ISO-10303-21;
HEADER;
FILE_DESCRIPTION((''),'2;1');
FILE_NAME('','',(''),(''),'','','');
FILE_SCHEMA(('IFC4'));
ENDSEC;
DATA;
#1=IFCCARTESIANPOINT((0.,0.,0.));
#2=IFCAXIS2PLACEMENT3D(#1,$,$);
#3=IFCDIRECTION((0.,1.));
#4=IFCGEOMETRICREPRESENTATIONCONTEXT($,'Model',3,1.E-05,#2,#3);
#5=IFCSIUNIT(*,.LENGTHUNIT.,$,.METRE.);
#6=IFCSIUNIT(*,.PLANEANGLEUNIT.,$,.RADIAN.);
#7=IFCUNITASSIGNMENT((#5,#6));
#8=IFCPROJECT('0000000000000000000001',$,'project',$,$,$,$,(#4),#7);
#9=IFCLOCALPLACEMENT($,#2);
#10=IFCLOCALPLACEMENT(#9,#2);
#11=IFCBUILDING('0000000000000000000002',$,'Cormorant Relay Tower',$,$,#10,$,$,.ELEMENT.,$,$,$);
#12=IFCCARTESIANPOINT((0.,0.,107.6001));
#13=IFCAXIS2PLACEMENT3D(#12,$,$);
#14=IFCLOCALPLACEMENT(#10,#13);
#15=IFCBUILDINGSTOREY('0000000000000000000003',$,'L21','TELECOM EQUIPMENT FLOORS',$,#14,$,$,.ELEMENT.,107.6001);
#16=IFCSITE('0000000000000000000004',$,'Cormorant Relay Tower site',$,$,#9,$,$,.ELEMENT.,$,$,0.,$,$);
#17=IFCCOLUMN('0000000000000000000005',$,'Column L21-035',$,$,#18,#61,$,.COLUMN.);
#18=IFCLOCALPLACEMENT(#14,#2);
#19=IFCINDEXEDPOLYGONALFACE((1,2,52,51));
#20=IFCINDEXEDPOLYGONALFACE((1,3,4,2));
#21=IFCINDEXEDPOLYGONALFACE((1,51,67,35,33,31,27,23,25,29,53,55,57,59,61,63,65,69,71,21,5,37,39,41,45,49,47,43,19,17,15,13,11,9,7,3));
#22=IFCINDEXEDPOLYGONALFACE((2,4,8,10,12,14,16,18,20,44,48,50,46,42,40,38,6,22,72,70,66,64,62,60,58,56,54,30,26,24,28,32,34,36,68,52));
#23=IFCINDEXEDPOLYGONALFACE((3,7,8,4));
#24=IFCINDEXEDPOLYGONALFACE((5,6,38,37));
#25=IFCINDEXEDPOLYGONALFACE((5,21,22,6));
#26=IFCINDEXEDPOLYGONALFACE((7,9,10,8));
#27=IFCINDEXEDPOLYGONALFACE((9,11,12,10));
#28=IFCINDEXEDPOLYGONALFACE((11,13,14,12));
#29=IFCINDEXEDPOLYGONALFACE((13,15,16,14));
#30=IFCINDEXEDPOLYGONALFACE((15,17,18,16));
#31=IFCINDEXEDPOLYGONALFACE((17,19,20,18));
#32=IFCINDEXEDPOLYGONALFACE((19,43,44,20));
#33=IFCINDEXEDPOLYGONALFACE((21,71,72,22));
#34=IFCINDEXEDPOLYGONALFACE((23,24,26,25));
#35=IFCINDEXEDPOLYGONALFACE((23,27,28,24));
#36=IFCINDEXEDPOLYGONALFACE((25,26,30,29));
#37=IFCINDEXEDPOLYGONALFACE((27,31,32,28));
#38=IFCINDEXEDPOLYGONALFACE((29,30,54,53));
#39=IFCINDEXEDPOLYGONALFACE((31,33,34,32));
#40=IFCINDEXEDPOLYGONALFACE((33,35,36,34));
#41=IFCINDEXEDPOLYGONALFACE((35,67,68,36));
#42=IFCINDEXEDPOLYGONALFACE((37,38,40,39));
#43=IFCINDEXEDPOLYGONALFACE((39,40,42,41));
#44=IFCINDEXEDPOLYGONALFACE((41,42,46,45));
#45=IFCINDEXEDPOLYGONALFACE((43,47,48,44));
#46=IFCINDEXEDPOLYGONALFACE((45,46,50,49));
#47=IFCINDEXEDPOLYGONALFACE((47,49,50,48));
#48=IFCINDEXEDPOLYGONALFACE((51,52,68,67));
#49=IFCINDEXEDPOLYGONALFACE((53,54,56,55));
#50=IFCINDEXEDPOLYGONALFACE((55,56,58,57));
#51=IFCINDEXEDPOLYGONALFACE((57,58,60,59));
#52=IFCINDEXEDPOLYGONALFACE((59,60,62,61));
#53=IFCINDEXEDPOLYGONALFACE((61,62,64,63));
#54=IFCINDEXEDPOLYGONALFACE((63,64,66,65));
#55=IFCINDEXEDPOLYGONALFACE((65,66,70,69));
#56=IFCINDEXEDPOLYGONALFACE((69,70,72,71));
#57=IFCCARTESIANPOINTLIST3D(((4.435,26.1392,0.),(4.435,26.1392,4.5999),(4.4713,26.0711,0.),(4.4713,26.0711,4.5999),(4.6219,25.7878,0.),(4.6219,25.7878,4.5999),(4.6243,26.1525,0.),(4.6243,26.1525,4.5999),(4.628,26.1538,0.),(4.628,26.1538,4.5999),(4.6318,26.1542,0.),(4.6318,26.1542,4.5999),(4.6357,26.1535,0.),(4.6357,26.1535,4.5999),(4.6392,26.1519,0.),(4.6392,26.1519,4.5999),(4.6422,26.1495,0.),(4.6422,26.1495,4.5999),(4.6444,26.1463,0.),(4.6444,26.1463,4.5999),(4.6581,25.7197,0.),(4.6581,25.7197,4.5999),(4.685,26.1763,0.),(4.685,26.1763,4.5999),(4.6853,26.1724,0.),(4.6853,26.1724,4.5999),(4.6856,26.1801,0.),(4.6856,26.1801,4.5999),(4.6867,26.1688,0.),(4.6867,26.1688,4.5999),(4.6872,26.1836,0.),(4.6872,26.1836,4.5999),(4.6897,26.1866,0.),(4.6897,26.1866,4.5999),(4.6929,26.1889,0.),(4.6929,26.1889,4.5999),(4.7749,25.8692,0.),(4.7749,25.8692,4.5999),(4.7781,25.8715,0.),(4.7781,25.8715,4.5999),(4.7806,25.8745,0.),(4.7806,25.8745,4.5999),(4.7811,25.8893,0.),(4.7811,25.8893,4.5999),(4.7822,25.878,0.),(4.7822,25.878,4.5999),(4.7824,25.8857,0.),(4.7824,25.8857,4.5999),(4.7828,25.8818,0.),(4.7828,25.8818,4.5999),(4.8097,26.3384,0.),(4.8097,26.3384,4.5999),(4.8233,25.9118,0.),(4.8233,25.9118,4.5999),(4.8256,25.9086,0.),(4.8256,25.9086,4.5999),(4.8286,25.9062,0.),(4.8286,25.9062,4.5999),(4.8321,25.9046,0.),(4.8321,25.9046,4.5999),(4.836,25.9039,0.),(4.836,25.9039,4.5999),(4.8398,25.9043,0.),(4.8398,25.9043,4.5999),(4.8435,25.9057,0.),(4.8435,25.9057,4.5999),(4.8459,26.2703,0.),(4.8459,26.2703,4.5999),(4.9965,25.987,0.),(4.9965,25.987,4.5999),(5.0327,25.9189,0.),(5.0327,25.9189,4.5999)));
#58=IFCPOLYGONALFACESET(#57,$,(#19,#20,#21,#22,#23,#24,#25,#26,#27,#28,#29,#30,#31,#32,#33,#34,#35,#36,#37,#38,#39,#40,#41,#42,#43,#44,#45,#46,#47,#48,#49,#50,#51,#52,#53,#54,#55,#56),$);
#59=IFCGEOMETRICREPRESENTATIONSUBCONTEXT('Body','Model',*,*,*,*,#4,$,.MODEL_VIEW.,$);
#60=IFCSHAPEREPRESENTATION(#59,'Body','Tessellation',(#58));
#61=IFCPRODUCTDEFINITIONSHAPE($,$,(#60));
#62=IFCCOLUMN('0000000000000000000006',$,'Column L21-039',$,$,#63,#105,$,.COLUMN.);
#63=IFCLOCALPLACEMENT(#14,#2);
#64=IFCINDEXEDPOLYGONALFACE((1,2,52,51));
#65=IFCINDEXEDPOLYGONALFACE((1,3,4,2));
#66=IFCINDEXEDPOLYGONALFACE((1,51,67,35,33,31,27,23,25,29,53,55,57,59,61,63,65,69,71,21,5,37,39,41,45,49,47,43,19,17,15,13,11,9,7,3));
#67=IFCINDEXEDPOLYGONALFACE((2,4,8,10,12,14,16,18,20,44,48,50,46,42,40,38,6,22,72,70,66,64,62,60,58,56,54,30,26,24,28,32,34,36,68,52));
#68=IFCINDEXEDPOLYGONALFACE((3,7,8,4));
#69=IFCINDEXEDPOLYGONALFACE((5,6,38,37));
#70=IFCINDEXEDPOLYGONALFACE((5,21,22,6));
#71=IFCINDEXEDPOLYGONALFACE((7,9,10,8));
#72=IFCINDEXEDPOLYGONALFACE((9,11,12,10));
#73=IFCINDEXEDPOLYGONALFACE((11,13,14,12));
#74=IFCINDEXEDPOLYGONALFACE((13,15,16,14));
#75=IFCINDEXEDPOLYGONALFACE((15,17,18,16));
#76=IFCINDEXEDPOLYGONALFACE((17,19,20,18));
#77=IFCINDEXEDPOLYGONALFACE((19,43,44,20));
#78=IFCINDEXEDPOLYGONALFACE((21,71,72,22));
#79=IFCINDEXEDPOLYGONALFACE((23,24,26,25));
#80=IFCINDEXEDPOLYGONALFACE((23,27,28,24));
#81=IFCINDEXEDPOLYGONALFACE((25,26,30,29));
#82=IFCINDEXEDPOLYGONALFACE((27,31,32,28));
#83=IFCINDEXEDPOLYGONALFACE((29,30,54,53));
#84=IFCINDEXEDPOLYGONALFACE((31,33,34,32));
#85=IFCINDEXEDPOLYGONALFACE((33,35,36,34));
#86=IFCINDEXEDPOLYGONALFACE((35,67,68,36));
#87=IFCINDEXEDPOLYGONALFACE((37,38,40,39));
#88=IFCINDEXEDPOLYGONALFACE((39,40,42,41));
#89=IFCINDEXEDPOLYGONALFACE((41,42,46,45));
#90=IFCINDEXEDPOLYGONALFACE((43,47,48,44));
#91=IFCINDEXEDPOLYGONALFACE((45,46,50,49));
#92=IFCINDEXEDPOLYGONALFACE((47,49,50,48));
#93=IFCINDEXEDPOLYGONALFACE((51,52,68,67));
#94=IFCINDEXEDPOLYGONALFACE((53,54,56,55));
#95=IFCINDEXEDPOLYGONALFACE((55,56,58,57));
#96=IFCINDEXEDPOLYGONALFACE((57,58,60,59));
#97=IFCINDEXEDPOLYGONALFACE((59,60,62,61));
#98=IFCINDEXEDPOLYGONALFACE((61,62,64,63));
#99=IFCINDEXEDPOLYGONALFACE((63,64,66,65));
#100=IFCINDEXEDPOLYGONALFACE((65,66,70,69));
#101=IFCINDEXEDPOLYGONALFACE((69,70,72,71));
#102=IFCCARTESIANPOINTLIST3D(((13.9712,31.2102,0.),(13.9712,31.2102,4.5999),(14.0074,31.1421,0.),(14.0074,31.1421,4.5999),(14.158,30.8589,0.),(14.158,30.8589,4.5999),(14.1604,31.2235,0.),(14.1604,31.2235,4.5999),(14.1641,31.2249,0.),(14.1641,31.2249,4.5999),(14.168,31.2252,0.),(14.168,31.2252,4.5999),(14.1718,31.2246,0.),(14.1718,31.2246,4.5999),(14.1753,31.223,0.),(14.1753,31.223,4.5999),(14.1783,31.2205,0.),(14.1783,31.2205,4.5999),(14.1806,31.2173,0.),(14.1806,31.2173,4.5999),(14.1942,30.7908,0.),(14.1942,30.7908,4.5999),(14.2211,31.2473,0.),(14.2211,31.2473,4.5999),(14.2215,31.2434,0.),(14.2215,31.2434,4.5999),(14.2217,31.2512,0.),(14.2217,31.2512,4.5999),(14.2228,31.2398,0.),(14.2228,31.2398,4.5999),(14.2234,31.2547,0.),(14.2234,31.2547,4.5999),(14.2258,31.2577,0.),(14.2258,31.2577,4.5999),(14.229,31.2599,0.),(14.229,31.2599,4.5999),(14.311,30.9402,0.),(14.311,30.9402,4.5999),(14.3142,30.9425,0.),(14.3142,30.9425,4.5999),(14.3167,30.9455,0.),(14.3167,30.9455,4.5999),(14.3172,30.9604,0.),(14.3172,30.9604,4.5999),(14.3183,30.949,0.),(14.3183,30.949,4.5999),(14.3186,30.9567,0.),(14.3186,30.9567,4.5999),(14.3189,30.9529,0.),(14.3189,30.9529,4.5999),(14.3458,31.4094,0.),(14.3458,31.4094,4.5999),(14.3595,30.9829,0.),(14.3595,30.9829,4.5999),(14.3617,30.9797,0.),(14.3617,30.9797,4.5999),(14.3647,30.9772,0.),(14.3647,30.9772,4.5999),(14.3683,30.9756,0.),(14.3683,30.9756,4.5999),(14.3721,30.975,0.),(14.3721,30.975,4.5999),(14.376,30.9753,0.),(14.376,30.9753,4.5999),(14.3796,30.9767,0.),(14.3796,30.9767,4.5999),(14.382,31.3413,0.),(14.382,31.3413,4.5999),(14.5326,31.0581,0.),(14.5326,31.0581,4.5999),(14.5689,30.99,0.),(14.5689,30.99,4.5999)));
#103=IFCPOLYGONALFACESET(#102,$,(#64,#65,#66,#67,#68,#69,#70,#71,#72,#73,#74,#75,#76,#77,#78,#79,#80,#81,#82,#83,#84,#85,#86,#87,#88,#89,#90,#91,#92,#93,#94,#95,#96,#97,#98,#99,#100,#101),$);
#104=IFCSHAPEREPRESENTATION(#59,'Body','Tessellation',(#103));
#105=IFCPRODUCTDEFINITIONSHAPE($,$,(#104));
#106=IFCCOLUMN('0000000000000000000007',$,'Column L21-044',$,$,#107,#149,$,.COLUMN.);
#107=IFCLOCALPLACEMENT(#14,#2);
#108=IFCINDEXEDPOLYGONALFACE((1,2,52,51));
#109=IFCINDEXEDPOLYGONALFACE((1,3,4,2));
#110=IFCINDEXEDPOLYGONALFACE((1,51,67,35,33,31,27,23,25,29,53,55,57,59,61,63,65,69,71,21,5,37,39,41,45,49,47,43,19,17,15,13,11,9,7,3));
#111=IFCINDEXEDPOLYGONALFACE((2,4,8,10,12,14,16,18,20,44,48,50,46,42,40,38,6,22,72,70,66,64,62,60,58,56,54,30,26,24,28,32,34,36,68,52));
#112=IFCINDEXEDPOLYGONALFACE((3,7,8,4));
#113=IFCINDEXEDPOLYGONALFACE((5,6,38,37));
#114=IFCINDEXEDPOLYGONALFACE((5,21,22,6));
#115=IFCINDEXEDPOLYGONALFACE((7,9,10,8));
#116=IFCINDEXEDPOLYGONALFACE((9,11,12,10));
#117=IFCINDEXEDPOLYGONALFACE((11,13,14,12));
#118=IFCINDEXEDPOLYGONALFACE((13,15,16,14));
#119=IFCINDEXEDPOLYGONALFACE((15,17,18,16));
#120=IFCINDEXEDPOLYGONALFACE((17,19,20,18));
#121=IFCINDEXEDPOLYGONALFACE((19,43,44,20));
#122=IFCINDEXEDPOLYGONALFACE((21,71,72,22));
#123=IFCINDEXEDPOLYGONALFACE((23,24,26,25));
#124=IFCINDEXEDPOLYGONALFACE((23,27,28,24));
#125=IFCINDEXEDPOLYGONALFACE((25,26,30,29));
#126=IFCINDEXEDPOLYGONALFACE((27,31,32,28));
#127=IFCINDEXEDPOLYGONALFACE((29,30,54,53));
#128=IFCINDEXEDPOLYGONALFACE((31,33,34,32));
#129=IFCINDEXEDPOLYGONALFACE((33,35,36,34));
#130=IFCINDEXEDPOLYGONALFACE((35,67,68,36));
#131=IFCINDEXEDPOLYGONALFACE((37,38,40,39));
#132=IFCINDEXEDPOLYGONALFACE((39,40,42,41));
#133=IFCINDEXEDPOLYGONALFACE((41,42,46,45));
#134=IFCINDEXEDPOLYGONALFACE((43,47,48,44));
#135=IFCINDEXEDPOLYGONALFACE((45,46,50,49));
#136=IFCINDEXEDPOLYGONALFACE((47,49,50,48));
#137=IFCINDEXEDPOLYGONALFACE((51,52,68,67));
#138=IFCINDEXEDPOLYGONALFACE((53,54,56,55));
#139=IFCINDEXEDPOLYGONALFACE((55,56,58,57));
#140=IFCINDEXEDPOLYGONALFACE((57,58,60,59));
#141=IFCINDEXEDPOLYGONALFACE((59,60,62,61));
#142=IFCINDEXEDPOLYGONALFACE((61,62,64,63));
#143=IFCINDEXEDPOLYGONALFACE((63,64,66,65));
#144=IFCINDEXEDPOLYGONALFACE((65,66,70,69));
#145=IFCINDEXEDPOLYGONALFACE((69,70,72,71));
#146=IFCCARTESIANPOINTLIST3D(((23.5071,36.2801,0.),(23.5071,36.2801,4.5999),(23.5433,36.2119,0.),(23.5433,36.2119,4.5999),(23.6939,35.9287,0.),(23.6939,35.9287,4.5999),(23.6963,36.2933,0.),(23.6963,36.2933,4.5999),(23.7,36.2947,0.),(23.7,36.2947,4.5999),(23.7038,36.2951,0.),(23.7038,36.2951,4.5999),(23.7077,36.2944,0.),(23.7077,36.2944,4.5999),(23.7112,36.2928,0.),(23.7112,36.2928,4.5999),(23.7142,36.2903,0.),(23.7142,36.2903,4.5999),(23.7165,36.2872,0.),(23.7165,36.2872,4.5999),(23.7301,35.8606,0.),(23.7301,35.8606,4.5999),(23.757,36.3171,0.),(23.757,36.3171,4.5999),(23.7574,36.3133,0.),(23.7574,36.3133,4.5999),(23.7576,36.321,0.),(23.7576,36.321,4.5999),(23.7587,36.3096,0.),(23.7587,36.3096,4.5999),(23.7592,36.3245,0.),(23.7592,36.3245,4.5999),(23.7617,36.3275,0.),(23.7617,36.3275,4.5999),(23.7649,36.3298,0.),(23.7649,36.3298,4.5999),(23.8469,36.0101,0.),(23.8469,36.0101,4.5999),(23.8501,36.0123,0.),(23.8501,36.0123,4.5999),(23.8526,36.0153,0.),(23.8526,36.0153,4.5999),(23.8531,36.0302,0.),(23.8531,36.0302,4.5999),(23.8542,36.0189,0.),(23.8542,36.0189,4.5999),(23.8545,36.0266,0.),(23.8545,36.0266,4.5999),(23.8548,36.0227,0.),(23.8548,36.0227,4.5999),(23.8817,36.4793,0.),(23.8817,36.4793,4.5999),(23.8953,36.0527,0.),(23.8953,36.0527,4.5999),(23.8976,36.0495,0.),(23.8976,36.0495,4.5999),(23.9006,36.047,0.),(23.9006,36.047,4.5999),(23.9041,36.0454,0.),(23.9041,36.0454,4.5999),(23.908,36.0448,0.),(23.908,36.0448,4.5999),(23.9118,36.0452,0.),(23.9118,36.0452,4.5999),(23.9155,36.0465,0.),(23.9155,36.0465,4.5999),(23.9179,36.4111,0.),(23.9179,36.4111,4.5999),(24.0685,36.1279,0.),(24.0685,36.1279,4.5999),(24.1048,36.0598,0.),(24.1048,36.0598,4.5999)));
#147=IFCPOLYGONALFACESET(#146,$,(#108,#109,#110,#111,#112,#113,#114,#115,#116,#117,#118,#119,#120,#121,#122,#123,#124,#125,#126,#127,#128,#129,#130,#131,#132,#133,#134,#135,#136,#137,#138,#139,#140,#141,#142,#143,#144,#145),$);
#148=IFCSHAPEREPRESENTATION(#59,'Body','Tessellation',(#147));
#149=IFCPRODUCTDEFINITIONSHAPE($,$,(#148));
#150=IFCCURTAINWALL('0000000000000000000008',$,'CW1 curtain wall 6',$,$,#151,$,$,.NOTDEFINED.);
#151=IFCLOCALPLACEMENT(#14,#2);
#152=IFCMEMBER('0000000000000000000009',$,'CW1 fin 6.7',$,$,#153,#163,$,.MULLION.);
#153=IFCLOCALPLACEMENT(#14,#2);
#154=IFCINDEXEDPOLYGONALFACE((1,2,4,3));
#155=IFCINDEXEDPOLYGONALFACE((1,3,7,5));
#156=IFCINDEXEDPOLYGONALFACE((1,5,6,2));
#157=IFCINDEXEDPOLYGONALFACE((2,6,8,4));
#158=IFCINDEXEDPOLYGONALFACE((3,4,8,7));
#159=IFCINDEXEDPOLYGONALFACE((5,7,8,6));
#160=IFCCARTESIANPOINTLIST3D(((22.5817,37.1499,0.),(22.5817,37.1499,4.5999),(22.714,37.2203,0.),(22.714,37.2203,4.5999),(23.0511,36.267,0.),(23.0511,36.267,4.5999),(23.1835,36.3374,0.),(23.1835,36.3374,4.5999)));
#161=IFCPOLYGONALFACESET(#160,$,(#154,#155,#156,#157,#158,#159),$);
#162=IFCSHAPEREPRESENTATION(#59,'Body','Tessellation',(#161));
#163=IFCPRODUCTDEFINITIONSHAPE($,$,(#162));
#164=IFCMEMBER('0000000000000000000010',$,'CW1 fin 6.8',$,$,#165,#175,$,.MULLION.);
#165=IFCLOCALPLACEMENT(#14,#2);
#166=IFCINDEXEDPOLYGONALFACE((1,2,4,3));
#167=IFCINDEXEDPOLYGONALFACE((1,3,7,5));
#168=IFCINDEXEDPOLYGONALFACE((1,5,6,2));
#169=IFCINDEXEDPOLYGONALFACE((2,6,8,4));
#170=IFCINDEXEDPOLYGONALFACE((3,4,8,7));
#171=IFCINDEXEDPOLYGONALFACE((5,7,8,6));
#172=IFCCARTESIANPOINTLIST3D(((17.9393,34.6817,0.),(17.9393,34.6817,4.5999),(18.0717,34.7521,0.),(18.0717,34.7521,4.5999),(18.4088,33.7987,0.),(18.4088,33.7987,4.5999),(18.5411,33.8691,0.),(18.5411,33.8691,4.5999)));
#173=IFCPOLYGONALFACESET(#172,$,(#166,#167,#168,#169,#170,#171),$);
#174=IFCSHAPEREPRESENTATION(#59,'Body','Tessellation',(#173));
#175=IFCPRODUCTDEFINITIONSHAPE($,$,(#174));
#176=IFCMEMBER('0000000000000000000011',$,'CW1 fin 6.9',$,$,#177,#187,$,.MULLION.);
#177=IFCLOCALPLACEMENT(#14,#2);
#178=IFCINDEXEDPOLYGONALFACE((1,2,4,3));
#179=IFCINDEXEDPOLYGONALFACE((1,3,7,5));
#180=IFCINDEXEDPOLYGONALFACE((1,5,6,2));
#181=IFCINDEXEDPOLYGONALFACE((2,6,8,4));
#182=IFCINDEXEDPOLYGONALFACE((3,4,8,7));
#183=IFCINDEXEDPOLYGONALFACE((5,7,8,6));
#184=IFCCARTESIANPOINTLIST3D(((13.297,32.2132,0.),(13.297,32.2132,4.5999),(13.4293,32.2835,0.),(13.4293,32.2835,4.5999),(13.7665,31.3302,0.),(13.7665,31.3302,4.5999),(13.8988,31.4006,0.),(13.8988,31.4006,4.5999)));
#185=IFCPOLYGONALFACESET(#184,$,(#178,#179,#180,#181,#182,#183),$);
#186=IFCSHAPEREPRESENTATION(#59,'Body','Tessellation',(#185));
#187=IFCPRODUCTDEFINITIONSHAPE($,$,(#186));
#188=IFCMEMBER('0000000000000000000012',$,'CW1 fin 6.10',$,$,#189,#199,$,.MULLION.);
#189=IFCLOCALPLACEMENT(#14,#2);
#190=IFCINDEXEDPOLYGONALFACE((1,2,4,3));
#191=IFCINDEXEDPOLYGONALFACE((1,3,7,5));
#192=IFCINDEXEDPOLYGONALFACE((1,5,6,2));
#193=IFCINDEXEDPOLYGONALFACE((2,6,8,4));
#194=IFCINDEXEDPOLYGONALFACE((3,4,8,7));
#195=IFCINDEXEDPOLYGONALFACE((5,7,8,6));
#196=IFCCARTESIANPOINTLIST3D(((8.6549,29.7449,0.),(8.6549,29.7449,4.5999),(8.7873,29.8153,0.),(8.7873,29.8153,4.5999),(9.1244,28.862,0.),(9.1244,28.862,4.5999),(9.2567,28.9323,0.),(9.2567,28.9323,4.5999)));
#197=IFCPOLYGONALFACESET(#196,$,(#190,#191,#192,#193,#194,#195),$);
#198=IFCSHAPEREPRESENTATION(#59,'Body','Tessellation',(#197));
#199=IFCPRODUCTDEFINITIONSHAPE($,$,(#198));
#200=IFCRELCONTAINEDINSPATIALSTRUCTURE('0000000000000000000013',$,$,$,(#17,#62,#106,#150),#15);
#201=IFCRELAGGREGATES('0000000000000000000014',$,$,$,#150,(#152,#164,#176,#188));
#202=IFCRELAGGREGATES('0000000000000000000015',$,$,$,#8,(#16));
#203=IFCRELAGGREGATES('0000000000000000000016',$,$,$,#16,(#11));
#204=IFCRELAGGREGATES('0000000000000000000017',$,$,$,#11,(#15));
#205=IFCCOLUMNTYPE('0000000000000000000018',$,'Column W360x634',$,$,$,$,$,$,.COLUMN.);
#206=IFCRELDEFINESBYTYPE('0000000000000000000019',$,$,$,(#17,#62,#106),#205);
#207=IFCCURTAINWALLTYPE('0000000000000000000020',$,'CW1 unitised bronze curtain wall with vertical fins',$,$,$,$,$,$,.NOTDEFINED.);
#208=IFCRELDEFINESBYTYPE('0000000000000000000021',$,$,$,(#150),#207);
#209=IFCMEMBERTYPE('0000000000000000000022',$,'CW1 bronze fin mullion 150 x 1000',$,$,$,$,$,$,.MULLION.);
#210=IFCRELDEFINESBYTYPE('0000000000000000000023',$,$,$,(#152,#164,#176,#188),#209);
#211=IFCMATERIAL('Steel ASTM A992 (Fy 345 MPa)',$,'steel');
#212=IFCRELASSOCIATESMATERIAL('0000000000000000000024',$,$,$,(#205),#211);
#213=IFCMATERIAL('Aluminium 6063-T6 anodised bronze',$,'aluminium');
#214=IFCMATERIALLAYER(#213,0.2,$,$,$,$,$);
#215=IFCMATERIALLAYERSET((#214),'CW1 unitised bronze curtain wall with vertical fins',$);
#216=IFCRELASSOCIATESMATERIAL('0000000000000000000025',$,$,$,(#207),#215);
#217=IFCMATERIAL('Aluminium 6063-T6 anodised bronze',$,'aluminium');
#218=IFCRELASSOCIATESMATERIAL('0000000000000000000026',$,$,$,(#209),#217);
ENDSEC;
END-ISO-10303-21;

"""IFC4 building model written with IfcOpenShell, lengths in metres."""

from ifc_helpers import new_model, si_unit, direction, frame, origin, origin_2d, place, context, subcontext, project, spatial, rectangle, i_section, extrude, material, layer, layer_set, material_profile, profile_set, type_object, element, aggregate, save


model = new_model("IFC4")

# Units and contexts
model_context = context("Model", 3, precision=1e-05, world=origin(), true_north=direction((0.0, 1.0)))
body_context = subcontext(model_context, "Body", "Model", "MODEL_VIEW")
ifc_project = project(units=[si_unit("LENGTHUNIT", "METRE"), si_unit("PLANEANGLEUNIT", "RADIAN")], contexts=[model_context])

# Site, building, storey
site_placement = place(None, origin())
site = spatial("IfcSite", under=ifc_project, at=site_placement, Name="Cormorant Relay Tower site", CompositionType="ELEMENT", RefElevation=0.0)
building_placement = place(site_placement, origin())
building = spatial("IfcBuilding", under=site, at=building_placement, Name="Cormorant Relay Tower", CompositionType="ELEMENT")
storey_placement = place(building_placement, frame((0.0, 0.0, 107.6001)))
storey = spatial("IfcBuildingStorey", under=building, at=storey_placement, Name="L21", Description="TELECOM EQUIPMENT FLOORS", CompositionType="ELEMENT", Elevation=107.6001)

# Columns
ifc_material_1 = material(Name="Steel ASTM A992 (Fy 345 MPa)", Category="steel")
ifc_material_profile_1 = material_profile(ifc_material_1, i_section(OverallWidth=0.4243, OverallDepth=0.4751, WebThickness=0.0479, FlangeThickness=0.0771, FilletRadius=0.0149, at=origin_2d()), Name="W360x634")
ifc_profile_set_1 = profile_set([ifc_material_profile_1], Name="Steel ASTM A992 (Fy 345 MPa)")
column_type = type_object("IfcColumnType", Name="Column W360x634", PredefinedType="COLUMN", material=ifc_profile_set_1)
for number, where, z_axis, x_axis, name in (
    (1, (4.7339, 26.0291, 0.0), (0.0, 0.0, 1.0), (-0.882948, -0.469472, 0.0), "Column L21-035"),
    (2, (14.27, 31.1001, 0.0), (0.0, 0.0, 1.0), (-0.882948, -0.469472, 0.0), "Column L21-039"),
    (3, (23.8059, 36.1699, 0.0), (0.0, 0.0, 1.0), (-0.882948, -0.469472, 0.0), "Column L21-044"),
):
    element("IfcColumn", number, at=place(storey_placement, frame(where, z_axis=z_axis, x_axis=x_axis)), inside=storey, type_object=column_type, Name=name, PredefinedType="COLUMN", context=body_context, shape_type="SweptSolid", body=[
        extrude(i_section(OverallWidth=0.4243, OverallDepth=0.4751, WebThickness=0.0479, FlangeThickness=0.0771, FilletRadius=0.0149, at=origin_2d()), origin(), (0.0, 0.0, 1.0), 4.5999),
    ])

# Curtain wall, members
ifc_material_2 = material(Name="Aluminium 6063-T6 anodised bronze", Category="aluminium")
ifc_layer_1 = layer(ifc_material_2, 0.2)
ifc_layer_set_1 = layer_set([ifc_layer_1], Name="CW1 unitised bronze curtain wall with vertical fins")
curtain_wall_type = type_object("IfcCurtainWallType", Name="CW1 unitised bronze curtain wall with vertical fins", PredefinedType="NOTDEFINED", material=ifc_layer_set_1)
curtain_wall_1_placement = place(storey_placement, origin())
curtain_wall_1 = element("IfcCurtainWall", 4, at=curtain_wall_1_placement, inside=storey, type_object=curtain_wall_type, Name="CW1 curtain wall 6", PredefinedType="NOTDEFINED")
ifc_material_3 = material(Name="Aluminium 6063-T6 anodised bronze", Category="aluminium")
ifc_material_profile_2 = material_profile(ifc_material_3, rectangle(XDim=0.1499, YDim=1.0, at=origin_2d()), Name="AL 150x1000")
ifc_profile_set_2 = profile_set([ifc_material_profile_2], Name="Aluminium 6063-T6 anodised bronze")
member_type_1 = type_object("IfcMemberType", Name="CW1 bronze fin mullion 150 x 1000", PredefinedType="MULLION", material=ifc_profile_set_2)
member_1_placement = place(storey_placement, frame((22.8826, 36.7437, 0.0), z_axis=(0.0, 0.0, 1.0), x_axis=(-0.882948, -0.469472, 0.0)))
member_1 = element("IfcMember", 5, at=member_1_placement, type_object=member_type_1, Name="CW1 fin 6.7", PredefinedType="MULLION", context=body_context, shape_type="SweptSolid", body=[
    extrude(rectangle(XDim=0.1499, YDim=1.0, at=origin_2d()), origin(), (0.0, 0.0, 1.0), 4.5999),
])
member_2_placement = place(storey_placement, frame((18.2402, 34.2754, 0.0), z_axis=(0.0, 0.0, 1.0), x_axis=(-0.882948, -0.469472, 0.0)))
member_2 = element("IfcMember", 6, at=member_2_placement, type_object=member_type_1, Name="CW1 fin 6.8", PredefinedType="MULLION", context=body_context, shape_type="SweptSolid", body=[
    extrude(rectangle(XDim=0.1499, YDim=1.0, at=origin_2d()), origin(), (0.0, 0.0, 1.0), 4.5999),
])
member_3_placement = place(storey_placement, frame((13.5979, 31.8069, 0.0), z_axis=(0.0, 0.0, 1.0), x_axis=(-0.882948, -0.469472, 0.0)))
member_3 = element("IfcMember", 7, at=member_3_placement, type_object=member_type_1, Name="CW1 fin 6.9", PredefinedType="MULLION", context=body_context, shape_type="SweptSolid", body=[
    extrude(rectangle(XDim=0.1499, YDim=1.0, at=origin_2d()), origin(), (0.0, 0.0, 1.0), 4.5999),
])
member_4_placement = place(storey_placement, frame((8.9558, 29.3386, 0.0), z_axis=(0.0, 0.0, 1.0), x_axis=(-0.882948, -0.469472, 0.0)))
member_4 = element("IfcMember", 8, at=member_4_placement, type_object=member_type_1, Name="CW1 fin 6.10", PredefinedType="MULLION", context=body_context, shape_type="SweptSolid", body=[
    extrude(rectangle(XDim=0.1499, YDim=1.0, at=origin_2d()), origin(), (0.0, 0.0, 1.0), 4.5999),
])

aggregate(curtain_wall_1, [member_1, member_2, member_3, member_4])

save(model, "model.ifc")
